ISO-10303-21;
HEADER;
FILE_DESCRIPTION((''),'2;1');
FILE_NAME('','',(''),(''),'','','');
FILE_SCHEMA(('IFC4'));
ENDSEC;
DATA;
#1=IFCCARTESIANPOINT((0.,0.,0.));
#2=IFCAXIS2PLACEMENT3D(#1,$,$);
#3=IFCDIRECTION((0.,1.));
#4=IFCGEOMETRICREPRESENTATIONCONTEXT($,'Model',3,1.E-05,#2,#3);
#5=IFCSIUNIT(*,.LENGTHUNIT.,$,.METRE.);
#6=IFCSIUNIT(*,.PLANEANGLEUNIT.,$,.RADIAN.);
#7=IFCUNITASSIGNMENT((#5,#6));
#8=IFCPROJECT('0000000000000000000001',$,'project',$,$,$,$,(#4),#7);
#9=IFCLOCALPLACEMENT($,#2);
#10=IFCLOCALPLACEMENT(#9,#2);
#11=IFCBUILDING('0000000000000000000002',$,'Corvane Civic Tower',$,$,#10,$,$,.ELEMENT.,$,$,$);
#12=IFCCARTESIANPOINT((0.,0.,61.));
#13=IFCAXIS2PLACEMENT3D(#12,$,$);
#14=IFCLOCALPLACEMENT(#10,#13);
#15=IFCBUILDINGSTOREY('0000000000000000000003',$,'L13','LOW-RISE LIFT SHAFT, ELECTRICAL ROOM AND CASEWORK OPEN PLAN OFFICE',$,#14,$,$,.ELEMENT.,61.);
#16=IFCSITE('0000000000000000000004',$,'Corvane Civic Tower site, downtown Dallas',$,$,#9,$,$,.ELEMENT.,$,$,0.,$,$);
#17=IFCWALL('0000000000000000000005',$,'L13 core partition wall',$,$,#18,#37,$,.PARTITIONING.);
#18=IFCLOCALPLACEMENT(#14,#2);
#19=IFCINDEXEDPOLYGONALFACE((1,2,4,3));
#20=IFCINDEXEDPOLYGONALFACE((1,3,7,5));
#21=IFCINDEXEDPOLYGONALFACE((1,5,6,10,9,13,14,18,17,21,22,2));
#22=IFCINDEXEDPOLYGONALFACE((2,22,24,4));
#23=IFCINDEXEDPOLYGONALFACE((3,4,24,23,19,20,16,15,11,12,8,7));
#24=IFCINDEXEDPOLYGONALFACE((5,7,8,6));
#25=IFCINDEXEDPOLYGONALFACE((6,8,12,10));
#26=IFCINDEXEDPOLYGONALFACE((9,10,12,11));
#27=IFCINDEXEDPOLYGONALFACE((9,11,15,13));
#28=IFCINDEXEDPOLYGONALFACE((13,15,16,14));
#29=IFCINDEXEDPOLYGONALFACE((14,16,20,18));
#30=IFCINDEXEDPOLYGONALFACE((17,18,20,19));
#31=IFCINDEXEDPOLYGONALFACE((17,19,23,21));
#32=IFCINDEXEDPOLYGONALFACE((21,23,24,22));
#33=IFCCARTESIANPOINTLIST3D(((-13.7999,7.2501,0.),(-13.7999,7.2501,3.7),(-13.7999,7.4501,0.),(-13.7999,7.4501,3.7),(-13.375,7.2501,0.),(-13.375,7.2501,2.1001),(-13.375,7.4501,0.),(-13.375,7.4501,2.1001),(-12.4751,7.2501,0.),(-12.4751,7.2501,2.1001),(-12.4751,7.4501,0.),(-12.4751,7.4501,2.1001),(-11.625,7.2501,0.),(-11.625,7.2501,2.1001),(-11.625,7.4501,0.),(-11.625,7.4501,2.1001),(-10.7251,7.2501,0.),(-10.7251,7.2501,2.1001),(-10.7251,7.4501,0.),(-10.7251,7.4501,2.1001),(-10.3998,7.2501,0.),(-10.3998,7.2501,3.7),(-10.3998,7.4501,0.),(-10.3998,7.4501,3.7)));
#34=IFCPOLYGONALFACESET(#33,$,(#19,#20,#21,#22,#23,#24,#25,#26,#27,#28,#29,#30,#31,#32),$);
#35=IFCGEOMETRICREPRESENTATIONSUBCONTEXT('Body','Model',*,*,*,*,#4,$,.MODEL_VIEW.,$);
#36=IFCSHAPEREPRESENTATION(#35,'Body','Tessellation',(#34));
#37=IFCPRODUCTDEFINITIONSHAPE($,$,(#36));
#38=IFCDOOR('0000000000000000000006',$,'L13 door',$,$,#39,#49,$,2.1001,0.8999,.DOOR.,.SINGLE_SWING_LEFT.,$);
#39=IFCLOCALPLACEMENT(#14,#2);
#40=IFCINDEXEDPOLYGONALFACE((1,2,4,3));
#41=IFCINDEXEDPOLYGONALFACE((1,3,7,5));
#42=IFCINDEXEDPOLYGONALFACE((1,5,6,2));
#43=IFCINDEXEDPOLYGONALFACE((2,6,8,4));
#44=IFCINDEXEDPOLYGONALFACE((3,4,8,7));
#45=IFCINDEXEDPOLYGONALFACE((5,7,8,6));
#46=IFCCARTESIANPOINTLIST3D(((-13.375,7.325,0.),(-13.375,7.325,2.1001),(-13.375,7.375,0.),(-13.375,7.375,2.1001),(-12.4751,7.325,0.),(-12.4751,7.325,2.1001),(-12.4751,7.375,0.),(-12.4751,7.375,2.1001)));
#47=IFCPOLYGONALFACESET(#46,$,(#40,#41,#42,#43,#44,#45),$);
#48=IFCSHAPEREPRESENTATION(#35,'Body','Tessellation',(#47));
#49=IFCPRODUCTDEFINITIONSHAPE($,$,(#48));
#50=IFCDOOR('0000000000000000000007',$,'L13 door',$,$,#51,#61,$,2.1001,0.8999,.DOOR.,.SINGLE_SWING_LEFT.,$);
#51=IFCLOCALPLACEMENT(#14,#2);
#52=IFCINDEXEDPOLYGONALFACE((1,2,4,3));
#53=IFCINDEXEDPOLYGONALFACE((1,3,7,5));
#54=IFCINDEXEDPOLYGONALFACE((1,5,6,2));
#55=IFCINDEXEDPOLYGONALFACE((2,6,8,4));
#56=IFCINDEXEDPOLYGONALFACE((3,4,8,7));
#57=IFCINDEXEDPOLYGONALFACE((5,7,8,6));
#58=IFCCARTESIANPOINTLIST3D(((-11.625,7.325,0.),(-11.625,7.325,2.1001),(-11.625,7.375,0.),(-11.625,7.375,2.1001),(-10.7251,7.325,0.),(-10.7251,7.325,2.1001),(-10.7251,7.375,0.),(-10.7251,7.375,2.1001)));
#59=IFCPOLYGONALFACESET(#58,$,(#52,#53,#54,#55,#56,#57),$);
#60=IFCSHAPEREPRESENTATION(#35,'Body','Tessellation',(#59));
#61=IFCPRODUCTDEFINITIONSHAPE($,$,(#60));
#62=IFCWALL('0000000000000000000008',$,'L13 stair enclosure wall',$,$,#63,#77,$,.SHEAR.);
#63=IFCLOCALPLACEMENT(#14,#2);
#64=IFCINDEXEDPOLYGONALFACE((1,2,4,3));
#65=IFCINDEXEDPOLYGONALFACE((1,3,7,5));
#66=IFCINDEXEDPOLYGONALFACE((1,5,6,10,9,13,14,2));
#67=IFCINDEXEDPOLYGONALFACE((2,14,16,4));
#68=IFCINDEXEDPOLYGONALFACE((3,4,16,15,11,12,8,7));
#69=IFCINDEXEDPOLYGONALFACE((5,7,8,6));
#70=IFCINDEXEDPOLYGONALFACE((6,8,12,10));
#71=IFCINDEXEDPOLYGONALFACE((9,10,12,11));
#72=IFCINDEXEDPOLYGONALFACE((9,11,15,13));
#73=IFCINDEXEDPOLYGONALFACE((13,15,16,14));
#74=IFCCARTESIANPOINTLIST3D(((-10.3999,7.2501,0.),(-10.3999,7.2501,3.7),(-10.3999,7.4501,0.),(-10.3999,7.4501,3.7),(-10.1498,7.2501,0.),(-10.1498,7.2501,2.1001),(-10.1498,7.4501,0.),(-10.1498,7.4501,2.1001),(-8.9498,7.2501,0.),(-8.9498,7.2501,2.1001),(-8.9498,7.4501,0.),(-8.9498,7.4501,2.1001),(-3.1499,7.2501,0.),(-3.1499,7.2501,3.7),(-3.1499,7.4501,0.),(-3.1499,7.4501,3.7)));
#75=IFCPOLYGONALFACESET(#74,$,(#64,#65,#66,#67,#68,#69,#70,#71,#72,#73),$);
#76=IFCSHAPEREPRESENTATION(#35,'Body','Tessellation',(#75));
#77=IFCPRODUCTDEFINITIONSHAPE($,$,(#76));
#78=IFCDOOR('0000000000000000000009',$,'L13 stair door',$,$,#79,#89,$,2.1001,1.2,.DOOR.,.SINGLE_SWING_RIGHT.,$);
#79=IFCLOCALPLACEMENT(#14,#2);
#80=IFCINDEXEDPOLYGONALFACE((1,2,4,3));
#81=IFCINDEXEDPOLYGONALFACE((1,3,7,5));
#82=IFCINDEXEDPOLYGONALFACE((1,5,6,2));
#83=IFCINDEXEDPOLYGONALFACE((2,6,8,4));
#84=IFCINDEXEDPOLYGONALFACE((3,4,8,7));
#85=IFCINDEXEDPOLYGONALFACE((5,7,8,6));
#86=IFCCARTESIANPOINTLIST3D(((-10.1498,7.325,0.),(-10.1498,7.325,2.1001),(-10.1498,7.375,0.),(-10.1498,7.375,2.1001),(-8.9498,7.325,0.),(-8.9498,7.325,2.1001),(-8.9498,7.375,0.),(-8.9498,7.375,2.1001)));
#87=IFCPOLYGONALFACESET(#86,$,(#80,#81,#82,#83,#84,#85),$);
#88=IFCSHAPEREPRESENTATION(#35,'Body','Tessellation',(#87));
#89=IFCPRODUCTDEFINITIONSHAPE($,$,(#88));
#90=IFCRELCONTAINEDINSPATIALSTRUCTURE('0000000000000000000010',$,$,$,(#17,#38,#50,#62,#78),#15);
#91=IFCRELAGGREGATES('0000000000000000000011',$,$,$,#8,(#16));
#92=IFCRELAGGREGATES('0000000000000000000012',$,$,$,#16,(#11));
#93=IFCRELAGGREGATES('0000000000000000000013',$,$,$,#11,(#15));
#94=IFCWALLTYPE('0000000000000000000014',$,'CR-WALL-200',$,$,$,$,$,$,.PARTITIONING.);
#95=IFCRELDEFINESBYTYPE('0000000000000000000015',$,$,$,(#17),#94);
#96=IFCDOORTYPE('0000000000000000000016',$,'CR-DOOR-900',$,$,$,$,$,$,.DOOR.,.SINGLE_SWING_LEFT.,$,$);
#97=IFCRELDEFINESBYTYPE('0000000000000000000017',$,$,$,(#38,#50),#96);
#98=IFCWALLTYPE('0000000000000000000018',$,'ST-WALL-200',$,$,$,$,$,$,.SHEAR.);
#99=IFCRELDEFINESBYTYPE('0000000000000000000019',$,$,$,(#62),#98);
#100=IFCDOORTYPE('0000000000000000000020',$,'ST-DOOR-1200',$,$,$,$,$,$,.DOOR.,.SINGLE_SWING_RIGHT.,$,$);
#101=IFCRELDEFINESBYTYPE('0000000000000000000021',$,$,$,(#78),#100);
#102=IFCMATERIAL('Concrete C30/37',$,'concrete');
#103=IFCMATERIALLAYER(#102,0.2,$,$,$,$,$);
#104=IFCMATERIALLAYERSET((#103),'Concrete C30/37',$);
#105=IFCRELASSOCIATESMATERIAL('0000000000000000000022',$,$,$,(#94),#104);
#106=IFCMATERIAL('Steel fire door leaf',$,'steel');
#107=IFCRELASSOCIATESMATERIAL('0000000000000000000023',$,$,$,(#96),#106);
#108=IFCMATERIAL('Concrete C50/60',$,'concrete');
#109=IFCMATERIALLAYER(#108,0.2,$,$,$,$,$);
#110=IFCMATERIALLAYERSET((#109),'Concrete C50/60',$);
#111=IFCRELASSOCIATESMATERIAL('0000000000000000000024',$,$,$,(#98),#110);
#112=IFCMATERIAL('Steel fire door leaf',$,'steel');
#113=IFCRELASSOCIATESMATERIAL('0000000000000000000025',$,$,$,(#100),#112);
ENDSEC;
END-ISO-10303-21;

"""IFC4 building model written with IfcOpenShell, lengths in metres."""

from ifc_helpers import new_model, si_unit, direction, frame, frame_2d, origin, place, context, subcontext, project, spatial, rectangle, extrude, material, layer, layer_set, type_object, element, fill, save


model = new_model("IFC4")

# Units and contexts
model_context = context("Model", 3, precision=1e-05, world=origin(), true_north=direction((0.0, 1.0)))
body_context = subcontext(model_context, "Body", "Model", "MODEL_VIEW")
ifc_project = project(units=[si_unit("LENGTHUNIT", "METRE"), si_unit("PLANEANGLEUNIT", "RADIAN")], contexts=[model_context])

# Site, building, storey
site_placement = place(None, origin())
site = spatial("IfcSite", under=ifc_project, at=site_placement, Name="Corvane Civic Tower site, downtown Dallas", CompositionType="ELEMENT", RefElevation=0.0)
building_placement = place(site_placement, origin())
building = spatial("IfcBuilding", under=site, at=building_placement, Name="Corvane Civic Tower", CompositionType="ELEMENT")
storey_placement = place(building_placement, frame((0.0, 0.0, 61.0)))
storey = spatial("IfcBuildingStorey", under=building, at=storey_placement, Name="L13", Description="LOW-RISE LIFT SHAFT, ELECTRICAL ROOM AND CASEWORK OPEN PLAN OFFICE", CompositionType="ELEMENT", Elevation=61.0)

# Wall, openings, doors
ifc_material_1 = material(Name="Concrete C30/37", Category="concrete")
ifc_layer_1 = layer(ifc_material_1, 0.2)
ifc_layer_set_1 = layer_set([ifc_layer_1], Name="Concrete C30/37")
wall_type_1 = type_object("IfcWallType", Name="CR-WALL-200", PredefinedType="PARTITIONING", material=ifc_layer_set_1)
wall_1_placement = place(storey_placement, frame((-13.8, 7.3501, 0.0), z_axis=(0.0, 0.0, 1.0), x_axis=(1.0, 0.0, 0.0)))
wall_1 = element("IfcWall", 1, at=wall_1_placement, inside=storey, type_object=wall_type_1, Name="L13 core partition wall", PredefinedType="PARTITIONING", context=body_context, shape_type="SweptSolid", body=[
    extrude(rectangle(XDim=3.4001, YDim=0.2, at=frame_2d((1.7002, 0.0))), origin(), (0.0, 0.0, 1.0), 3.7),
])
opening_1_placement = place(wall_1_placement, frame((0.425, 0.0, 0.0)))
opening_1 = element("IfcOpeningElement", 2, at=opening_1_placement, cuts=wall_1, PredefinedType="OPENING", context=body_context, shape_type="SweptSolid", body=[
    extrude(rectangle(XDim=0.8999, YDim=2.1001, at=frame_2d((0.45, 1.05))), frame((0.0, 0.1099, 0.0), z_axis=(0.0, -1.0, 0.0), x_axis=(1.0, 0.0, 0.0)), (0.0, 0.0, 1.0), 0.22),
])
opening_2_placement = place(wall_1_placement, frame((2.175, 0.0, 0.0)))
opening_2 = element("IfcOpeningElement", 3, at=opening_2_placement, cuts=wall_1, PredefinedType="OPENING", context=body_context, shape_type="SweptSolid", body=[
    extrude(rectangle(XDim=0.8999, YDim=2.1001, at=frame_2d((0.45, 1.05))), frame((0.0, 0.1099, 0.0), z_axis=(0.0, -1.0, 0.0), x_axis=(1.0, 0.0, 0.0)), (0.0, 0.0, 1.0), 0.22),
])
ifc_material_2 = material(Name="Steel fire door leaf", Category="steel")
door_type_1 = type_object("IfcDoorType", Name="CR-DOOR-900", OperationType="SINGLE_SWING_LEFT", PredefinedType="DOOR", material=ifc_material_2)
door_1_placement = place(opening_1_placement, origin())
door_1 = element("IfcDoor", 4, at=door_1_placement, inside=storey, type_object=door_type_1, Name="L13 door", OperationType="SINGLE_SWING_LEFT", OverallHeight=2.1001, OverallWidth=0.8999, PredefinedType="DOOR", context=body_context, shape_type="SweptSolid", body=[
    extrude(rectangle(XDim=0.8999, YDim=2.1001, at=frame_2d((0.45, 1.05))), frame((0.0, 0.0249, 0.0), z_axis=(0.0, -1.0, 0.0), x_axis=(1.0, 0.0, 0.0)), (0.0, 0.0, 1.0), 0.05),
])
fill(opening_1, door_1)
door_2_placement = place(opening_2_placement, origin())
door_2 = element("IfcDoor", 5, at=door_2_placement, inside=storey, type_object=door_type_1, Name="L13 door", OperationType="SINGLE_SWING_LEFT", OverallHeight=2.1001, OverallWidth=0.8999, PredefinedType="DOOR", context=body_context, shape_type="SweptSolid", body=[
    extrude(rectangle(XDim=0.8999, YDim=2.1001, at=frame_2d((0.45, 1.05))), frame((0.0, 0.0249, 0.0), z_axis=(0.0, -1.0, 0.0), x_axis=(1.0, 0.0, 0.0)), (0.0, 0.0, 1.0), 0.05),
])
fill(opening_2, door_2)

# Wall, opening, door
ifc_material_3 = material(Name="Concrete C50/60", Category="concrete")
ifc_layer_2 = layer(ifc_material_3, 0.2)
ifc_layer_set_2 = layer_set([ifc_layer_2], Name="Concrete C50/60")
wall_type_2 = type_object("IfcWallType", Name="ST-WALL-200", PredefinedType="SHEAR", material=ifc_layer_set_2)
wall_2_placement = place(storey_placement, frame((-10.3999, 7.3501, 0.0), z_axis=(0.0, 0.0, 1.0), x_axis=(1.0, 0.0, 0.0)))
wall_2 = element("IfcWall", 6, at=wall_2_placement, inside=storey, type_object=wall_type_2, Name="L13 stair enclosure wall", PredefinedType="SHEAR", context=body_context, shape_type="SweptSolid", body=[
    extrude(rectangle(XDim=7.25, YDim=0.2, at=frame_2d((3.625, 0.0))), origin(), (0.0, 0.0, 1.0), 3.7),
])
opening_3_placement = place(wall_2_placement, frame((0.25, 0.0, 0.0)))
opening_3 = element("IfcOpeningElement", 7, at=opening_3_placement, cuts=wall_2, PredefinedType="OPENING", context=body_context, shape_type="SweptSolid", body=[
    extrude(rectangle(XDim=1.2, YDim=2.1001, at=frame_2d((0.6001, 1.05))), frame((0.0, 0.1099, 0.0), z_axis=(0.0, -1.0, 0.0), x_axis=(1.0, 0.0, 0.0)), (0.0, 0.0, 1.0), 0.22),
])
ifc_material_4 = material(Name="Steel fire door leaf", Category="steel")
door_type_2 = type_object("IfcDoorType", Name="ST-DOOR-1200", OperationType="SINGLE_SWING_RIGHT", PredefinedType="DOOR", material=ifc_material_4)
door_3_placement = place(opening_3_placement, origin())
door_3 = element("IfcDoor", 8, at=door_3_placement, inside=storey, type_object=door_type_2, Name="L13 stair door", OperationType="SINGLE_SWING_RIGHT", OverallHeight=2.1001, OverallWidth=1.2, PredefinedType="DOOR", context=body_context, shape_type="SweptSolid", body=[
    extrude(rectangle(XDim=1.2, YDim=2.1001, at=frame_2d((0.6001, 1.05))), frame((0.0, 0.0249, 0.0), z_axis=(0.0, -1.0, 0.0), x_axis=(1.0, 0.0, 0.0)), (0.0, 0.0, 1.0), 0.05),
])
fill(opening_3, door_3)

save(model, "model.ifc")
